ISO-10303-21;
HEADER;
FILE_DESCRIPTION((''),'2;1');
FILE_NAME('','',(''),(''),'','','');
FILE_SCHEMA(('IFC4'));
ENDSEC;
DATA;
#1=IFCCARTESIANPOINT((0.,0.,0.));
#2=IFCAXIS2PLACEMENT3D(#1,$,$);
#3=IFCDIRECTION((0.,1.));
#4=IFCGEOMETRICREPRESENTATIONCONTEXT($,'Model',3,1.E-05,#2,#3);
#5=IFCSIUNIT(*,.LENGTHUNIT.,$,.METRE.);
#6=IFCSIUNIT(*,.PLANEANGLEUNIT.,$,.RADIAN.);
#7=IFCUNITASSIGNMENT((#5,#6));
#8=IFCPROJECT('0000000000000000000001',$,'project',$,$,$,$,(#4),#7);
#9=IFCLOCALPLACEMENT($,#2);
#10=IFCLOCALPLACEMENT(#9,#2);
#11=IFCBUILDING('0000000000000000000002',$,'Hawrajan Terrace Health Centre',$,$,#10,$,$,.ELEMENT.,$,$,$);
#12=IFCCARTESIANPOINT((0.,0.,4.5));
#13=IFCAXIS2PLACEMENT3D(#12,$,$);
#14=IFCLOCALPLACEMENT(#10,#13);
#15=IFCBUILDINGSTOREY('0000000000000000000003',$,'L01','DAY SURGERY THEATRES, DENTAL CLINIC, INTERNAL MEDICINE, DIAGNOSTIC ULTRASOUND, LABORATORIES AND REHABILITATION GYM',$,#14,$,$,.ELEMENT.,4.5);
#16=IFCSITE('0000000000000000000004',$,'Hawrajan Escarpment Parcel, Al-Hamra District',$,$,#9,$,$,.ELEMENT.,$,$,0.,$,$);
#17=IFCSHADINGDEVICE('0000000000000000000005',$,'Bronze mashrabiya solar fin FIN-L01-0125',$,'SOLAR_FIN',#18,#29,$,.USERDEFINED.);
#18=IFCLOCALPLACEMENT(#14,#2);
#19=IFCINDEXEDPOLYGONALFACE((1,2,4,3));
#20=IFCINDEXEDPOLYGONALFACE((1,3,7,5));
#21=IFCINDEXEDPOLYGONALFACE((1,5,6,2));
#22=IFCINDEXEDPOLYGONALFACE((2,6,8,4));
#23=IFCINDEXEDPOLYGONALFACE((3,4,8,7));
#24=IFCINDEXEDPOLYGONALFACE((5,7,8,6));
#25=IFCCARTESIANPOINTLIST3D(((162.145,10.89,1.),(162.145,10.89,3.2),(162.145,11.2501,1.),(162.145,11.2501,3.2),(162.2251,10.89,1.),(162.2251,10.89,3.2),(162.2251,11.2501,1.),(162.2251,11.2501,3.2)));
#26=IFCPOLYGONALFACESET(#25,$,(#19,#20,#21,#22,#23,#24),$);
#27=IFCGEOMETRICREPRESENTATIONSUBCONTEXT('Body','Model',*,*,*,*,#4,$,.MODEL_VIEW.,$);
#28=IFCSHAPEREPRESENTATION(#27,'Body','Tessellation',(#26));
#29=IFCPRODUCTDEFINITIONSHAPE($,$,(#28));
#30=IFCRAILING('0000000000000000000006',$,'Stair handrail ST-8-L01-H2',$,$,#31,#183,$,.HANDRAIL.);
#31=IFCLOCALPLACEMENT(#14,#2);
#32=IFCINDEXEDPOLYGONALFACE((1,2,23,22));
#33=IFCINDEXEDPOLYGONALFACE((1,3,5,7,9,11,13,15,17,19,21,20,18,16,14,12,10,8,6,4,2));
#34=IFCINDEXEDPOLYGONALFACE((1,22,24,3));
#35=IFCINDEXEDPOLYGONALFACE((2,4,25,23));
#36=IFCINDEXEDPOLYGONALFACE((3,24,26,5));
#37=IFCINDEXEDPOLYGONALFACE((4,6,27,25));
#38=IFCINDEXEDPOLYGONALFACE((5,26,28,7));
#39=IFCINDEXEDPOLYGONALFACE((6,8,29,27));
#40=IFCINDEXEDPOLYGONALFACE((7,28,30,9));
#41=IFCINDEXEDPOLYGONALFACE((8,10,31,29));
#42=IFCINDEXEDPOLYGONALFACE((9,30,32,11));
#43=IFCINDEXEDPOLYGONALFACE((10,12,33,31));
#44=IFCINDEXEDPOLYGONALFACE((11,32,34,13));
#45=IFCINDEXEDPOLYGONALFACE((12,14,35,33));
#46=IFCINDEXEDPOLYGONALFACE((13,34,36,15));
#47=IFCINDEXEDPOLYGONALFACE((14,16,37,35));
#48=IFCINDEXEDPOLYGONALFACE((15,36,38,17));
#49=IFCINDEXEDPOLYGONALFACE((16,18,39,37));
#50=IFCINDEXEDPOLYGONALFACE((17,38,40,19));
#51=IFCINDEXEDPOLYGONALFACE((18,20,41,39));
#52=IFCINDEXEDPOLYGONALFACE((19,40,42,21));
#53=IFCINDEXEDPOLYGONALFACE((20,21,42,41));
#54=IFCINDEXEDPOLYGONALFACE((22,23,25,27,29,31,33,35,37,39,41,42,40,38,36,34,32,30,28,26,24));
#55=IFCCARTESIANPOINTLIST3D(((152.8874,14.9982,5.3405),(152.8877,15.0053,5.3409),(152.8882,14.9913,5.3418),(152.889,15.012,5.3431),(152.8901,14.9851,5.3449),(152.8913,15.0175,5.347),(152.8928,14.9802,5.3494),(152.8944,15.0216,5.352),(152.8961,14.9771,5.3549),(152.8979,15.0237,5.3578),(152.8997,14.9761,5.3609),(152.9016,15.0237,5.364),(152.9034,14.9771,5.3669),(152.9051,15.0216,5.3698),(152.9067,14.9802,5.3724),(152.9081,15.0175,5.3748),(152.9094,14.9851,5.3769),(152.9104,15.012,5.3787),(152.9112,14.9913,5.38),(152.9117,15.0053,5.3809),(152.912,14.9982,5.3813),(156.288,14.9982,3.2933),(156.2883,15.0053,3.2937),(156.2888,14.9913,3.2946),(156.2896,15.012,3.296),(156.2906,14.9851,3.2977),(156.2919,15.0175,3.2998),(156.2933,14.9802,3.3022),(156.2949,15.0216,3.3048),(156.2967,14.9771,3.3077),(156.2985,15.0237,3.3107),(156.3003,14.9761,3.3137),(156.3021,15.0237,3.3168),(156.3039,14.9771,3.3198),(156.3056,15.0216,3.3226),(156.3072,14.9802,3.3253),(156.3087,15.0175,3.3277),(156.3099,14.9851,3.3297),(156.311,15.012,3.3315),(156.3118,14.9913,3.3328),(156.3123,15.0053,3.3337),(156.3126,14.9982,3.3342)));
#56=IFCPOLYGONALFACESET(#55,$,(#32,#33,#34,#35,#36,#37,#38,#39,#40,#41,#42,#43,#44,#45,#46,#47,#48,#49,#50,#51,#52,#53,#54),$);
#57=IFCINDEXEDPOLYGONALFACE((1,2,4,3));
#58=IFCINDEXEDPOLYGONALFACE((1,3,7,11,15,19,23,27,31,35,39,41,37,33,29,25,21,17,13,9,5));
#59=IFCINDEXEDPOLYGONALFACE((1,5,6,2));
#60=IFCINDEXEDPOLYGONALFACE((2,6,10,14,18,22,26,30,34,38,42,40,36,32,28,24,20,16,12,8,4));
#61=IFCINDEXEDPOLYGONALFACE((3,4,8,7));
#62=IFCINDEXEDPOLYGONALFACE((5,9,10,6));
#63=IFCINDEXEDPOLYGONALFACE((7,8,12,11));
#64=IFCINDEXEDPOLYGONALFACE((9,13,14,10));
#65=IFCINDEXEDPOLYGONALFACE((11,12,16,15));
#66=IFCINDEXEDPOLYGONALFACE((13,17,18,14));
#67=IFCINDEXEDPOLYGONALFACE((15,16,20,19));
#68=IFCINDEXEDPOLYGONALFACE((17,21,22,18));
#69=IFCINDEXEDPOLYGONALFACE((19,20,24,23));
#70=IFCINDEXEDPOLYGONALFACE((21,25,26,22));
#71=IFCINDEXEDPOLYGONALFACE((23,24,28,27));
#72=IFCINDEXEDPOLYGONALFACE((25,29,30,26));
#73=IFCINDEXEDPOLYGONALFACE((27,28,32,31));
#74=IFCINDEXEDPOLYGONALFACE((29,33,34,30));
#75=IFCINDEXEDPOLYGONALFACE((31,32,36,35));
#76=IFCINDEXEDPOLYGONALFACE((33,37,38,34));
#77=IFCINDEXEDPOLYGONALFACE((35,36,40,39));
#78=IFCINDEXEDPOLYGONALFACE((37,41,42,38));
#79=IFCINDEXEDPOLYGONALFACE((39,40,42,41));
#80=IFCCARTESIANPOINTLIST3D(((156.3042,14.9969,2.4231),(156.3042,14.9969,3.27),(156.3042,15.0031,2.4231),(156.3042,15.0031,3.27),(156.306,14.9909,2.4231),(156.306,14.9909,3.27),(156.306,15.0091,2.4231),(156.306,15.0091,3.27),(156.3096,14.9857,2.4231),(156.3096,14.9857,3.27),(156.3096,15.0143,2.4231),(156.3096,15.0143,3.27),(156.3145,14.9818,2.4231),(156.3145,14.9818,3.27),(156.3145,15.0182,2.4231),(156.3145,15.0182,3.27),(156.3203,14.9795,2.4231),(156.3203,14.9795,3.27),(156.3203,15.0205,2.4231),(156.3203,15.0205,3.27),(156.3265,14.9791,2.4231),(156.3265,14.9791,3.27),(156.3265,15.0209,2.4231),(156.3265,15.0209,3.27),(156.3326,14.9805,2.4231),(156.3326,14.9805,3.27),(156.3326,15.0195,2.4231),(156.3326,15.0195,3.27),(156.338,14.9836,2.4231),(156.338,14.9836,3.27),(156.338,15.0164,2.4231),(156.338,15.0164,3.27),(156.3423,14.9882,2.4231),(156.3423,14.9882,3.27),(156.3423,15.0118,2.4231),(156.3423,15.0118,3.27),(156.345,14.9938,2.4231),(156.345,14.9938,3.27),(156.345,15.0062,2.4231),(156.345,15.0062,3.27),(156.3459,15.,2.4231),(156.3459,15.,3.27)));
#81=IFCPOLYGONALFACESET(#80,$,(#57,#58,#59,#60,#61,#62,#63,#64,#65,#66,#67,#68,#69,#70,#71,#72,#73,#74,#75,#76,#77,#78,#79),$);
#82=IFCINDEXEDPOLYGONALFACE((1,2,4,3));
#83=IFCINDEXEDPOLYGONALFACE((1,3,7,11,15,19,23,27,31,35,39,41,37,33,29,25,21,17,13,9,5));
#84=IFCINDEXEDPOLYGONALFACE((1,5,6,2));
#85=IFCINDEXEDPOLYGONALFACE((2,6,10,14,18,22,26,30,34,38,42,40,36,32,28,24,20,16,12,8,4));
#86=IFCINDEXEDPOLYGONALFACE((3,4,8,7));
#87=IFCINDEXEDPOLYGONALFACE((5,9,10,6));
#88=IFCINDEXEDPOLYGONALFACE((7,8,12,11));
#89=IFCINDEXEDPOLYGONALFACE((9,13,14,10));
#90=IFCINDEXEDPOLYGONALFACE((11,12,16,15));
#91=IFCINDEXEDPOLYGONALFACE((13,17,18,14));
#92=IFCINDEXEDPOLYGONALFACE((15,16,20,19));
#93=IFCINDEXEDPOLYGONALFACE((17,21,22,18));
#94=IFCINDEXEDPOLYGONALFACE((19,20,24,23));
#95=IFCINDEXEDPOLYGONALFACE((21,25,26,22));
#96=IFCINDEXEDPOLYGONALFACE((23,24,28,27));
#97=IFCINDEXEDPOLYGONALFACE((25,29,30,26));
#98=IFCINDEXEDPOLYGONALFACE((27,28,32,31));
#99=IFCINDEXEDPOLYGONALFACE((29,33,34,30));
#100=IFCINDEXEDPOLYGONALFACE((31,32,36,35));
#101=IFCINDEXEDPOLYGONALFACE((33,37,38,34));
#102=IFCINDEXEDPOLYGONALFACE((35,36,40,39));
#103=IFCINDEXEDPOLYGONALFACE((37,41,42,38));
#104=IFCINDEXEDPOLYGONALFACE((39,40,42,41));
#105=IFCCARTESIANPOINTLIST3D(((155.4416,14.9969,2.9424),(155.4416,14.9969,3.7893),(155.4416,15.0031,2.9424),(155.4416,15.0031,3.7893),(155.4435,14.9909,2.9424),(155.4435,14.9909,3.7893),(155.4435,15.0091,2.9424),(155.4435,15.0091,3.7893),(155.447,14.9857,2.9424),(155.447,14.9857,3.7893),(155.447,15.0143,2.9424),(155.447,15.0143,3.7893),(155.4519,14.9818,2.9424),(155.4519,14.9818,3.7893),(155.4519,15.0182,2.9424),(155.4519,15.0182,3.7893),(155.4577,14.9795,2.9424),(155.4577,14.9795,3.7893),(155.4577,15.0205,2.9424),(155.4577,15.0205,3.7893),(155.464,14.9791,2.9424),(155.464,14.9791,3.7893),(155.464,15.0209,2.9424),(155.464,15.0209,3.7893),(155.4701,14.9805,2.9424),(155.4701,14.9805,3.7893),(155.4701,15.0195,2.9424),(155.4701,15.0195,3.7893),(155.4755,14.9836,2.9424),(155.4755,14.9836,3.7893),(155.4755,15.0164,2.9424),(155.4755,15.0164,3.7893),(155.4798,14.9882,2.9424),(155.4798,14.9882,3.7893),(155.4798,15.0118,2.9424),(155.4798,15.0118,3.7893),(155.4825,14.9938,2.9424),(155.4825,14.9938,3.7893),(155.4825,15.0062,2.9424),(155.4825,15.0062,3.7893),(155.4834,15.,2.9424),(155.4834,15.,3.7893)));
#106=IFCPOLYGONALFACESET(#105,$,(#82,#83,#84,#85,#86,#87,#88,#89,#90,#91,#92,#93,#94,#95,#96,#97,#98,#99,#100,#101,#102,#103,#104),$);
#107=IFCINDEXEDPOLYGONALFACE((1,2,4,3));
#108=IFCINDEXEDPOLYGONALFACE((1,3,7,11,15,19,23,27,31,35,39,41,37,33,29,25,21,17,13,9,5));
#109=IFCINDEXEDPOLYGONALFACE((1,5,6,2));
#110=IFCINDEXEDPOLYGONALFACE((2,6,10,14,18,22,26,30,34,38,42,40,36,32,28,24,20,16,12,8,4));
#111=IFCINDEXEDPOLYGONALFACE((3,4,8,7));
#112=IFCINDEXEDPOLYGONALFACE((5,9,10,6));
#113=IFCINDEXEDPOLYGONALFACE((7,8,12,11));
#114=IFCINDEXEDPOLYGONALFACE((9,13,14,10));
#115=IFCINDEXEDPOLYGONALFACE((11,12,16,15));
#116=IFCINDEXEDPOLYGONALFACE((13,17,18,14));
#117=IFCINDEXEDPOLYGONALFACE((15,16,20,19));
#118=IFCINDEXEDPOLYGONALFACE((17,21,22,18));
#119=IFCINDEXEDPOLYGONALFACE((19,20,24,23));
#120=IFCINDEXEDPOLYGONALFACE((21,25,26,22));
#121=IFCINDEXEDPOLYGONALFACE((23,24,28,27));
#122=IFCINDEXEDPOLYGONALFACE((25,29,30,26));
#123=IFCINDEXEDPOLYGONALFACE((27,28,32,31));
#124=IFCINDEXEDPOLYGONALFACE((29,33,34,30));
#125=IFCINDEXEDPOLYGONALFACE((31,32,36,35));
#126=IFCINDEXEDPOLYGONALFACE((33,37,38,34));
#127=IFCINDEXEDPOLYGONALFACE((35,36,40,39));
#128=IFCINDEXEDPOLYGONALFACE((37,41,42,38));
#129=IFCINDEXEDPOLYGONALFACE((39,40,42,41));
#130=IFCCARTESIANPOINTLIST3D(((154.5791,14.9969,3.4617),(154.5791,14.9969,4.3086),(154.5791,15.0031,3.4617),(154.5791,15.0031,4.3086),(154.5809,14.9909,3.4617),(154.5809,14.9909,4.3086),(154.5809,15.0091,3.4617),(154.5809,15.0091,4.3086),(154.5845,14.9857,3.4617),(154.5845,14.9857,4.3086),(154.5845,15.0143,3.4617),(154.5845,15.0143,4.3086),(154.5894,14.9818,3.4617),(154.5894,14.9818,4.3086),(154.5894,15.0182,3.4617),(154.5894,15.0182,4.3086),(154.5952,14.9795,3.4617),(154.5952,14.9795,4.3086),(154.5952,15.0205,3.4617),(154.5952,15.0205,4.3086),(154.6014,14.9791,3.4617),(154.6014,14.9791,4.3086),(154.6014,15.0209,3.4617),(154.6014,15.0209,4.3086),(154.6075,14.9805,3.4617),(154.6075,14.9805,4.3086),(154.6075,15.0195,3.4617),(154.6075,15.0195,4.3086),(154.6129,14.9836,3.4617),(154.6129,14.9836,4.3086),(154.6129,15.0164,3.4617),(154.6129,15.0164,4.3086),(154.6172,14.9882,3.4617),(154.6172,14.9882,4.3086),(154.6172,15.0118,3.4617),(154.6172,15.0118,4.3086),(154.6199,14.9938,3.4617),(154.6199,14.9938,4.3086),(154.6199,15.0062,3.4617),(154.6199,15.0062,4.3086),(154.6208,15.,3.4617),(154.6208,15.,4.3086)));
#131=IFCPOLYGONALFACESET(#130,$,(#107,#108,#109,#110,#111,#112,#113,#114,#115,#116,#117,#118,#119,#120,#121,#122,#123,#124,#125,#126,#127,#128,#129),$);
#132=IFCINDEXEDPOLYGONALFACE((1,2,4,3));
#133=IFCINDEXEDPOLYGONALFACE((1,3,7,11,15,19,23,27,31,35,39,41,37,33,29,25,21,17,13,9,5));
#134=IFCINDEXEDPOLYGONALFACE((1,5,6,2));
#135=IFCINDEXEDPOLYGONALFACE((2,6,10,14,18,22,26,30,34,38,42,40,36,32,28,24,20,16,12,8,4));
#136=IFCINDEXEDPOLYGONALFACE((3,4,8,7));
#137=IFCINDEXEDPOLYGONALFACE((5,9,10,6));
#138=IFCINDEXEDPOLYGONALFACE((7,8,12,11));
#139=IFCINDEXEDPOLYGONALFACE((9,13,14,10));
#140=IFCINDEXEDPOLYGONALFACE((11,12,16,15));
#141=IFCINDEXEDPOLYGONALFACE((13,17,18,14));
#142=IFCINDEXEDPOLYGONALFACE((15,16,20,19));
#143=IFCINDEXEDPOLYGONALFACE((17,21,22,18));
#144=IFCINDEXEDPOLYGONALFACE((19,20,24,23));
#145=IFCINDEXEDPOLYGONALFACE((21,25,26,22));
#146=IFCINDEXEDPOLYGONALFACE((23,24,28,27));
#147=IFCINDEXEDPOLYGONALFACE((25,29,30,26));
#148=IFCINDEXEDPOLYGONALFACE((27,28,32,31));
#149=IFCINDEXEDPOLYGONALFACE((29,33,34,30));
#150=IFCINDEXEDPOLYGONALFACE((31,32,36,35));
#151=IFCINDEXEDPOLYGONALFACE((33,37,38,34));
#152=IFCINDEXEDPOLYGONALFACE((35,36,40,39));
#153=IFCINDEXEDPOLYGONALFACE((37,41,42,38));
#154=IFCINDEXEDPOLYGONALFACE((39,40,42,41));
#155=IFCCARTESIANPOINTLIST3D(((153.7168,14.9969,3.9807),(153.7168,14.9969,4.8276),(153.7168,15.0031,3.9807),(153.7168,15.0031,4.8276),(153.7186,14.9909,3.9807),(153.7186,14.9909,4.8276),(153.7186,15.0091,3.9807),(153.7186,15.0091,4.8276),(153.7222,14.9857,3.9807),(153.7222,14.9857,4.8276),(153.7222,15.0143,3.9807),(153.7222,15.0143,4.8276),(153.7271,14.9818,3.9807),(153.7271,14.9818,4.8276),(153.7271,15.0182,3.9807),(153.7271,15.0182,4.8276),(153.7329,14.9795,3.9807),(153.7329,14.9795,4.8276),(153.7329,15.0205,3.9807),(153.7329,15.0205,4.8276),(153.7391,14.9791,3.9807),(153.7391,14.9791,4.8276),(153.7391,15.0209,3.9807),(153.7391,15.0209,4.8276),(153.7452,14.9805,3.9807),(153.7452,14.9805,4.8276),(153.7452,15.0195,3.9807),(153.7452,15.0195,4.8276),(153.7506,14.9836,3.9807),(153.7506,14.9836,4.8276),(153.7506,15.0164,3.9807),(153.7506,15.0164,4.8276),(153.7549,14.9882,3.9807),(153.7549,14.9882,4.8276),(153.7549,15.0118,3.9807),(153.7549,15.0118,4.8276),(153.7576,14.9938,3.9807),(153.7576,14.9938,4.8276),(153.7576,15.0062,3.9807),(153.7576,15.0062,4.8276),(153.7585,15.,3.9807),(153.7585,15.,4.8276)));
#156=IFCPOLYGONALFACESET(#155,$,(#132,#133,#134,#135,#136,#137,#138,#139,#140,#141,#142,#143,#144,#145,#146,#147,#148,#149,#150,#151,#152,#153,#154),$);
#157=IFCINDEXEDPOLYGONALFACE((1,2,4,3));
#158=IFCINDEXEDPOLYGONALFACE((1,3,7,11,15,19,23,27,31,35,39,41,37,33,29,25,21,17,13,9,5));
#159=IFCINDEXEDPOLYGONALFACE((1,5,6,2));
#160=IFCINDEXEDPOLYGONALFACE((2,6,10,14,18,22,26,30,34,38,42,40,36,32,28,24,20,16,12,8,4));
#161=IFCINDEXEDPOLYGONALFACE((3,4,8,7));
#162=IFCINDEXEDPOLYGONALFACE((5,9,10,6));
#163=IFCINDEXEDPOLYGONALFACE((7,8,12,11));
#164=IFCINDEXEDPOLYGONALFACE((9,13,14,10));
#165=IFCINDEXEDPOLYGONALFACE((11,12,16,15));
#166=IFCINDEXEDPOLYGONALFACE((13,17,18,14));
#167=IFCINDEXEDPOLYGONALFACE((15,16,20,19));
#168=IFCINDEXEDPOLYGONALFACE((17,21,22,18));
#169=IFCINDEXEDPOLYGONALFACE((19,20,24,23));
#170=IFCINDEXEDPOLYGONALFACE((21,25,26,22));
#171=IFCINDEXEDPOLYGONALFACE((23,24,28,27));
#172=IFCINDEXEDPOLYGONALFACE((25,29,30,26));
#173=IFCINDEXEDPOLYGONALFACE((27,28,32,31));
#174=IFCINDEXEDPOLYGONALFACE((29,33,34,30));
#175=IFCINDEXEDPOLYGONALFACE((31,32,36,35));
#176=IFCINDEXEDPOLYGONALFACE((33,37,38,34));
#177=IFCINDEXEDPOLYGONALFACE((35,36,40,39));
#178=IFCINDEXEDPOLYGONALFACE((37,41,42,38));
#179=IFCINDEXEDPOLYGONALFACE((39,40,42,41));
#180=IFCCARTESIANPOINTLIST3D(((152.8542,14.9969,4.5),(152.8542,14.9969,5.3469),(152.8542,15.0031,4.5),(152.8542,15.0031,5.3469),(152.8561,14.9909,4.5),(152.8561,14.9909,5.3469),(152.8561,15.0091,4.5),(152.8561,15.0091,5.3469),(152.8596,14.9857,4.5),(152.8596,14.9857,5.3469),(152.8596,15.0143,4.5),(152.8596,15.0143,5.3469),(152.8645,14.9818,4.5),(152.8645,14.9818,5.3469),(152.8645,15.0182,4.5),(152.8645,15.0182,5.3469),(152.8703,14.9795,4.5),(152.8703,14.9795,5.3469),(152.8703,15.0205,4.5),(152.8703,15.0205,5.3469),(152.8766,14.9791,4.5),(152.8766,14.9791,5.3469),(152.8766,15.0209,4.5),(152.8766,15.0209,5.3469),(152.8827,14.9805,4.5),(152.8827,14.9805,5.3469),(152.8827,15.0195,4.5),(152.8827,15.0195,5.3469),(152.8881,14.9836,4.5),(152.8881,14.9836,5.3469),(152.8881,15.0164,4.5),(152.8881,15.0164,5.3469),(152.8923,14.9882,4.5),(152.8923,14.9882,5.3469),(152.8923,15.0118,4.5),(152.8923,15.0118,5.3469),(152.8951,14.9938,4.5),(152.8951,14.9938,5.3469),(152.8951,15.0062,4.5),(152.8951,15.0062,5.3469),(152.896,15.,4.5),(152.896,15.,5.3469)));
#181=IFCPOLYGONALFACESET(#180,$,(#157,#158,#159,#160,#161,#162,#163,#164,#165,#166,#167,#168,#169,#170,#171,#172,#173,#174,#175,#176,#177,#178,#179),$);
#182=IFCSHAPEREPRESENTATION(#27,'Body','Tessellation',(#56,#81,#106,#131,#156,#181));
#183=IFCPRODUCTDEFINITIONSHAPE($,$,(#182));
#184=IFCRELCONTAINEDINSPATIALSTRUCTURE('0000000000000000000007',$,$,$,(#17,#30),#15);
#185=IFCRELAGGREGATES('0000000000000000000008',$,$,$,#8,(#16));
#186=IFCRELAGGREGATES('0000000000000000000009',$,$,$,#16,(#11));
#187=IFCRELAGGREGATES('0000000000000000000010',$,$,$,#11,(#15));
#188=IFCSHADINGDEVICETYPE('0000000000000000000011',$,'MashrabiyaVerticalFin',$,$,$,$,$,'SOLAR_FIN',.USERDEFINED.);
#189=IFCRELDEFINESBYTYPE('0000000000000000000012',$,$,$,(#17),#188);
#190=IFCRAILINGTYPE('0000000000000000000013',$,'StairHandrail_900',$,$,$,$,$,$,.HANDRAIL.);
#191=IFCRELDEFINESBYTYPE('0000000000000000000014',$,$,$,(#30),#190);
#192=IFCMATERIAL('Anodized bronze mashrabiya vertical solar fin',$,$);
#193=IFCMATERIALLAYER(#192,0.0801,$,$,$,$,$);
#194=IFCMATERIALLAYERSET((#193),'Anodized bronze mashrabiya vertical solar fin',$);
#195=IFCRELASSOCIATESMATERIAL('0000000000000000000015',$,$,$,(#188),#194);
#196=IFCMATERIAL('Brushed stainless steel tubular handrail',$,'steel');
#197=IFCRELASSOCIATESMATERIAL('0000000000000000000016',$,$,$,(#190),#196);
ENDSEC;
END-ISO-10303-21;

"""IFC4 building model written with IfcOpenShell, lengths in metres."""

from ifc_helpers import new_model, si_unit, direction, frame, origin, origin_2d, place, context, subcontext, project, spatial, rectangle, circle, extrude, material, layer, layer_set, type_object, element, save


model = new_model("IFC4")

# Units and contexts
model_context = context("Model", 3, precision=1e-05, world=origin(), true_north=direction((0.0, 1.0)))
body_context = subcontext(model_context, "Body", "Model", "MODEL_VIEW")
ifc_project = project(units=[si_unit("LENGTHUNIT", "METRE"), si_unit("PLANEANGLEUNIT", "RADIAN")], contexts=[model_context])

# Site, building, storey
site_placement = place(None, origin())
site = spatial("IfcSite", under=ifc_project, at=site_placement, Name="Hawrajan Escarpment Parcel, Al-Hamra District", CompositionType="ELEMENT", RefElevation=0.0)
building_placement = place(site_placement, origin())
building = spatial("IfcBuilding", under=site, at=building_placement, Name="Hawrajan Terrace Health Centre", CompositionType="ELEMENT")
storey_placement = place(building_placement, frame((0.0, 0.0, 4.5)))
storey = spatial("IfcBuildingStorey", under=building, at=storey_placement, Name="L01", Description="DAY SURGERY THEATRES, DENTAL CLINIC, INTERNAL MEDICINE, DIAGNOSTIC ULTRASOUND, LABORATORIES AND REHABILITATION GYM", CompositionType="ELEMENT", Elevation=4.5)

# Shading device
ifc_material_1 = material(Name="Anodized bronze mashrabiya vertical solar fin")
ifc_layer_1 = layer(ifc_material_1, 0.0801)
ifc_layer_set_1 = layer_set([ifc_layer_1], Name="Anodized bronze mashrabiya vertical solar fin")
shading_device_type = type_object("IfcShadingDeviceType", Name="MashrabiyaVerticalFin", ElementType="SOLAR_FIN", PredefinedType="USERDEFINED", material=ifc_layer_set_1)
shading_device_placement = place(storey_placement, frame((162.1851, 11.0701, 1.0), z_axis=(0.0, 0.0, 1.0), x_axis=(1.0, 0.0, 0.0)))
element("IfcShadingDevice", 1, at=shading_device_placement, inside=storey, type_object=shading_device_type, Name="Bronze mashrabiya solar fin FIN-L01-0125", ObjectType="SOLAR_FIN", PredefinedType="USERDEFINED", context=body_context, shape_type="SweptSolid", body=[
    extrude(rectangle(XDim=0.0801, YDim=0.3601, at=origin_2d()), origin(), (0.0, 0.0, 1.0), 2.2),
])

# Railing
ifc_material_2 = material(Name="Brushed stainless steel tubular handrail", Category="steel")
railing_type = type_object("IfcRailingType", Name="StairHandrail_900", PredefinedType="HANDRAIL", material=ifc_material_2)
railing_placement = place(storey_placement, frame((156.325, 15.0, 2.4231)))
element("IfcRailing", 2, at=railing_placement, inside=storey, type_object=railing_type, Name="Stair handrail ST-8-L01-H2", PredefinedType="HANDRAIL", context=body_context, shape_type="SweptSolid", body=[
    extrude(circle(Radius=0.0239, at=origin_2d()), frame((-0.0247, 0.0, 0.8906), z_axis=(-0.856732, 0.0, 0.515761), x_axis=(0.0, -1.0, 0.0)), (0.0, 0.0, 1.0), 3.9692),
    extrude(circle(Radius=0.021, at=origin_2d()), origin(), (0.0, 0.0, 1.0), 0.8469),
    extrude(circle(Radius=0.021, at=origin_2d()), frame((-0.8625, 0.0, 0.5193)), (0.0, 0.0, 1.0), 0.8469),
    extrude(circle(Radius=0.021, at=origin_2d()), frame((-1.7251, 0.0, 1.0386)), (0.0, 0.0, 1.0), 0.8469),
    extrude(circle(Radius=0.021, at=origin_2d()), frame((-2.5874, 0.0, 1.5576)), (0.0, 0.0, 1.0), 0.8469),
    extrude(circle(Radius=0.021, at=origin_2d()), frame((-3.45, 0.0, 2.0769)), (0.0, 0.0, 1.0), 0.8469),
])

save(model, "model.ifc")
